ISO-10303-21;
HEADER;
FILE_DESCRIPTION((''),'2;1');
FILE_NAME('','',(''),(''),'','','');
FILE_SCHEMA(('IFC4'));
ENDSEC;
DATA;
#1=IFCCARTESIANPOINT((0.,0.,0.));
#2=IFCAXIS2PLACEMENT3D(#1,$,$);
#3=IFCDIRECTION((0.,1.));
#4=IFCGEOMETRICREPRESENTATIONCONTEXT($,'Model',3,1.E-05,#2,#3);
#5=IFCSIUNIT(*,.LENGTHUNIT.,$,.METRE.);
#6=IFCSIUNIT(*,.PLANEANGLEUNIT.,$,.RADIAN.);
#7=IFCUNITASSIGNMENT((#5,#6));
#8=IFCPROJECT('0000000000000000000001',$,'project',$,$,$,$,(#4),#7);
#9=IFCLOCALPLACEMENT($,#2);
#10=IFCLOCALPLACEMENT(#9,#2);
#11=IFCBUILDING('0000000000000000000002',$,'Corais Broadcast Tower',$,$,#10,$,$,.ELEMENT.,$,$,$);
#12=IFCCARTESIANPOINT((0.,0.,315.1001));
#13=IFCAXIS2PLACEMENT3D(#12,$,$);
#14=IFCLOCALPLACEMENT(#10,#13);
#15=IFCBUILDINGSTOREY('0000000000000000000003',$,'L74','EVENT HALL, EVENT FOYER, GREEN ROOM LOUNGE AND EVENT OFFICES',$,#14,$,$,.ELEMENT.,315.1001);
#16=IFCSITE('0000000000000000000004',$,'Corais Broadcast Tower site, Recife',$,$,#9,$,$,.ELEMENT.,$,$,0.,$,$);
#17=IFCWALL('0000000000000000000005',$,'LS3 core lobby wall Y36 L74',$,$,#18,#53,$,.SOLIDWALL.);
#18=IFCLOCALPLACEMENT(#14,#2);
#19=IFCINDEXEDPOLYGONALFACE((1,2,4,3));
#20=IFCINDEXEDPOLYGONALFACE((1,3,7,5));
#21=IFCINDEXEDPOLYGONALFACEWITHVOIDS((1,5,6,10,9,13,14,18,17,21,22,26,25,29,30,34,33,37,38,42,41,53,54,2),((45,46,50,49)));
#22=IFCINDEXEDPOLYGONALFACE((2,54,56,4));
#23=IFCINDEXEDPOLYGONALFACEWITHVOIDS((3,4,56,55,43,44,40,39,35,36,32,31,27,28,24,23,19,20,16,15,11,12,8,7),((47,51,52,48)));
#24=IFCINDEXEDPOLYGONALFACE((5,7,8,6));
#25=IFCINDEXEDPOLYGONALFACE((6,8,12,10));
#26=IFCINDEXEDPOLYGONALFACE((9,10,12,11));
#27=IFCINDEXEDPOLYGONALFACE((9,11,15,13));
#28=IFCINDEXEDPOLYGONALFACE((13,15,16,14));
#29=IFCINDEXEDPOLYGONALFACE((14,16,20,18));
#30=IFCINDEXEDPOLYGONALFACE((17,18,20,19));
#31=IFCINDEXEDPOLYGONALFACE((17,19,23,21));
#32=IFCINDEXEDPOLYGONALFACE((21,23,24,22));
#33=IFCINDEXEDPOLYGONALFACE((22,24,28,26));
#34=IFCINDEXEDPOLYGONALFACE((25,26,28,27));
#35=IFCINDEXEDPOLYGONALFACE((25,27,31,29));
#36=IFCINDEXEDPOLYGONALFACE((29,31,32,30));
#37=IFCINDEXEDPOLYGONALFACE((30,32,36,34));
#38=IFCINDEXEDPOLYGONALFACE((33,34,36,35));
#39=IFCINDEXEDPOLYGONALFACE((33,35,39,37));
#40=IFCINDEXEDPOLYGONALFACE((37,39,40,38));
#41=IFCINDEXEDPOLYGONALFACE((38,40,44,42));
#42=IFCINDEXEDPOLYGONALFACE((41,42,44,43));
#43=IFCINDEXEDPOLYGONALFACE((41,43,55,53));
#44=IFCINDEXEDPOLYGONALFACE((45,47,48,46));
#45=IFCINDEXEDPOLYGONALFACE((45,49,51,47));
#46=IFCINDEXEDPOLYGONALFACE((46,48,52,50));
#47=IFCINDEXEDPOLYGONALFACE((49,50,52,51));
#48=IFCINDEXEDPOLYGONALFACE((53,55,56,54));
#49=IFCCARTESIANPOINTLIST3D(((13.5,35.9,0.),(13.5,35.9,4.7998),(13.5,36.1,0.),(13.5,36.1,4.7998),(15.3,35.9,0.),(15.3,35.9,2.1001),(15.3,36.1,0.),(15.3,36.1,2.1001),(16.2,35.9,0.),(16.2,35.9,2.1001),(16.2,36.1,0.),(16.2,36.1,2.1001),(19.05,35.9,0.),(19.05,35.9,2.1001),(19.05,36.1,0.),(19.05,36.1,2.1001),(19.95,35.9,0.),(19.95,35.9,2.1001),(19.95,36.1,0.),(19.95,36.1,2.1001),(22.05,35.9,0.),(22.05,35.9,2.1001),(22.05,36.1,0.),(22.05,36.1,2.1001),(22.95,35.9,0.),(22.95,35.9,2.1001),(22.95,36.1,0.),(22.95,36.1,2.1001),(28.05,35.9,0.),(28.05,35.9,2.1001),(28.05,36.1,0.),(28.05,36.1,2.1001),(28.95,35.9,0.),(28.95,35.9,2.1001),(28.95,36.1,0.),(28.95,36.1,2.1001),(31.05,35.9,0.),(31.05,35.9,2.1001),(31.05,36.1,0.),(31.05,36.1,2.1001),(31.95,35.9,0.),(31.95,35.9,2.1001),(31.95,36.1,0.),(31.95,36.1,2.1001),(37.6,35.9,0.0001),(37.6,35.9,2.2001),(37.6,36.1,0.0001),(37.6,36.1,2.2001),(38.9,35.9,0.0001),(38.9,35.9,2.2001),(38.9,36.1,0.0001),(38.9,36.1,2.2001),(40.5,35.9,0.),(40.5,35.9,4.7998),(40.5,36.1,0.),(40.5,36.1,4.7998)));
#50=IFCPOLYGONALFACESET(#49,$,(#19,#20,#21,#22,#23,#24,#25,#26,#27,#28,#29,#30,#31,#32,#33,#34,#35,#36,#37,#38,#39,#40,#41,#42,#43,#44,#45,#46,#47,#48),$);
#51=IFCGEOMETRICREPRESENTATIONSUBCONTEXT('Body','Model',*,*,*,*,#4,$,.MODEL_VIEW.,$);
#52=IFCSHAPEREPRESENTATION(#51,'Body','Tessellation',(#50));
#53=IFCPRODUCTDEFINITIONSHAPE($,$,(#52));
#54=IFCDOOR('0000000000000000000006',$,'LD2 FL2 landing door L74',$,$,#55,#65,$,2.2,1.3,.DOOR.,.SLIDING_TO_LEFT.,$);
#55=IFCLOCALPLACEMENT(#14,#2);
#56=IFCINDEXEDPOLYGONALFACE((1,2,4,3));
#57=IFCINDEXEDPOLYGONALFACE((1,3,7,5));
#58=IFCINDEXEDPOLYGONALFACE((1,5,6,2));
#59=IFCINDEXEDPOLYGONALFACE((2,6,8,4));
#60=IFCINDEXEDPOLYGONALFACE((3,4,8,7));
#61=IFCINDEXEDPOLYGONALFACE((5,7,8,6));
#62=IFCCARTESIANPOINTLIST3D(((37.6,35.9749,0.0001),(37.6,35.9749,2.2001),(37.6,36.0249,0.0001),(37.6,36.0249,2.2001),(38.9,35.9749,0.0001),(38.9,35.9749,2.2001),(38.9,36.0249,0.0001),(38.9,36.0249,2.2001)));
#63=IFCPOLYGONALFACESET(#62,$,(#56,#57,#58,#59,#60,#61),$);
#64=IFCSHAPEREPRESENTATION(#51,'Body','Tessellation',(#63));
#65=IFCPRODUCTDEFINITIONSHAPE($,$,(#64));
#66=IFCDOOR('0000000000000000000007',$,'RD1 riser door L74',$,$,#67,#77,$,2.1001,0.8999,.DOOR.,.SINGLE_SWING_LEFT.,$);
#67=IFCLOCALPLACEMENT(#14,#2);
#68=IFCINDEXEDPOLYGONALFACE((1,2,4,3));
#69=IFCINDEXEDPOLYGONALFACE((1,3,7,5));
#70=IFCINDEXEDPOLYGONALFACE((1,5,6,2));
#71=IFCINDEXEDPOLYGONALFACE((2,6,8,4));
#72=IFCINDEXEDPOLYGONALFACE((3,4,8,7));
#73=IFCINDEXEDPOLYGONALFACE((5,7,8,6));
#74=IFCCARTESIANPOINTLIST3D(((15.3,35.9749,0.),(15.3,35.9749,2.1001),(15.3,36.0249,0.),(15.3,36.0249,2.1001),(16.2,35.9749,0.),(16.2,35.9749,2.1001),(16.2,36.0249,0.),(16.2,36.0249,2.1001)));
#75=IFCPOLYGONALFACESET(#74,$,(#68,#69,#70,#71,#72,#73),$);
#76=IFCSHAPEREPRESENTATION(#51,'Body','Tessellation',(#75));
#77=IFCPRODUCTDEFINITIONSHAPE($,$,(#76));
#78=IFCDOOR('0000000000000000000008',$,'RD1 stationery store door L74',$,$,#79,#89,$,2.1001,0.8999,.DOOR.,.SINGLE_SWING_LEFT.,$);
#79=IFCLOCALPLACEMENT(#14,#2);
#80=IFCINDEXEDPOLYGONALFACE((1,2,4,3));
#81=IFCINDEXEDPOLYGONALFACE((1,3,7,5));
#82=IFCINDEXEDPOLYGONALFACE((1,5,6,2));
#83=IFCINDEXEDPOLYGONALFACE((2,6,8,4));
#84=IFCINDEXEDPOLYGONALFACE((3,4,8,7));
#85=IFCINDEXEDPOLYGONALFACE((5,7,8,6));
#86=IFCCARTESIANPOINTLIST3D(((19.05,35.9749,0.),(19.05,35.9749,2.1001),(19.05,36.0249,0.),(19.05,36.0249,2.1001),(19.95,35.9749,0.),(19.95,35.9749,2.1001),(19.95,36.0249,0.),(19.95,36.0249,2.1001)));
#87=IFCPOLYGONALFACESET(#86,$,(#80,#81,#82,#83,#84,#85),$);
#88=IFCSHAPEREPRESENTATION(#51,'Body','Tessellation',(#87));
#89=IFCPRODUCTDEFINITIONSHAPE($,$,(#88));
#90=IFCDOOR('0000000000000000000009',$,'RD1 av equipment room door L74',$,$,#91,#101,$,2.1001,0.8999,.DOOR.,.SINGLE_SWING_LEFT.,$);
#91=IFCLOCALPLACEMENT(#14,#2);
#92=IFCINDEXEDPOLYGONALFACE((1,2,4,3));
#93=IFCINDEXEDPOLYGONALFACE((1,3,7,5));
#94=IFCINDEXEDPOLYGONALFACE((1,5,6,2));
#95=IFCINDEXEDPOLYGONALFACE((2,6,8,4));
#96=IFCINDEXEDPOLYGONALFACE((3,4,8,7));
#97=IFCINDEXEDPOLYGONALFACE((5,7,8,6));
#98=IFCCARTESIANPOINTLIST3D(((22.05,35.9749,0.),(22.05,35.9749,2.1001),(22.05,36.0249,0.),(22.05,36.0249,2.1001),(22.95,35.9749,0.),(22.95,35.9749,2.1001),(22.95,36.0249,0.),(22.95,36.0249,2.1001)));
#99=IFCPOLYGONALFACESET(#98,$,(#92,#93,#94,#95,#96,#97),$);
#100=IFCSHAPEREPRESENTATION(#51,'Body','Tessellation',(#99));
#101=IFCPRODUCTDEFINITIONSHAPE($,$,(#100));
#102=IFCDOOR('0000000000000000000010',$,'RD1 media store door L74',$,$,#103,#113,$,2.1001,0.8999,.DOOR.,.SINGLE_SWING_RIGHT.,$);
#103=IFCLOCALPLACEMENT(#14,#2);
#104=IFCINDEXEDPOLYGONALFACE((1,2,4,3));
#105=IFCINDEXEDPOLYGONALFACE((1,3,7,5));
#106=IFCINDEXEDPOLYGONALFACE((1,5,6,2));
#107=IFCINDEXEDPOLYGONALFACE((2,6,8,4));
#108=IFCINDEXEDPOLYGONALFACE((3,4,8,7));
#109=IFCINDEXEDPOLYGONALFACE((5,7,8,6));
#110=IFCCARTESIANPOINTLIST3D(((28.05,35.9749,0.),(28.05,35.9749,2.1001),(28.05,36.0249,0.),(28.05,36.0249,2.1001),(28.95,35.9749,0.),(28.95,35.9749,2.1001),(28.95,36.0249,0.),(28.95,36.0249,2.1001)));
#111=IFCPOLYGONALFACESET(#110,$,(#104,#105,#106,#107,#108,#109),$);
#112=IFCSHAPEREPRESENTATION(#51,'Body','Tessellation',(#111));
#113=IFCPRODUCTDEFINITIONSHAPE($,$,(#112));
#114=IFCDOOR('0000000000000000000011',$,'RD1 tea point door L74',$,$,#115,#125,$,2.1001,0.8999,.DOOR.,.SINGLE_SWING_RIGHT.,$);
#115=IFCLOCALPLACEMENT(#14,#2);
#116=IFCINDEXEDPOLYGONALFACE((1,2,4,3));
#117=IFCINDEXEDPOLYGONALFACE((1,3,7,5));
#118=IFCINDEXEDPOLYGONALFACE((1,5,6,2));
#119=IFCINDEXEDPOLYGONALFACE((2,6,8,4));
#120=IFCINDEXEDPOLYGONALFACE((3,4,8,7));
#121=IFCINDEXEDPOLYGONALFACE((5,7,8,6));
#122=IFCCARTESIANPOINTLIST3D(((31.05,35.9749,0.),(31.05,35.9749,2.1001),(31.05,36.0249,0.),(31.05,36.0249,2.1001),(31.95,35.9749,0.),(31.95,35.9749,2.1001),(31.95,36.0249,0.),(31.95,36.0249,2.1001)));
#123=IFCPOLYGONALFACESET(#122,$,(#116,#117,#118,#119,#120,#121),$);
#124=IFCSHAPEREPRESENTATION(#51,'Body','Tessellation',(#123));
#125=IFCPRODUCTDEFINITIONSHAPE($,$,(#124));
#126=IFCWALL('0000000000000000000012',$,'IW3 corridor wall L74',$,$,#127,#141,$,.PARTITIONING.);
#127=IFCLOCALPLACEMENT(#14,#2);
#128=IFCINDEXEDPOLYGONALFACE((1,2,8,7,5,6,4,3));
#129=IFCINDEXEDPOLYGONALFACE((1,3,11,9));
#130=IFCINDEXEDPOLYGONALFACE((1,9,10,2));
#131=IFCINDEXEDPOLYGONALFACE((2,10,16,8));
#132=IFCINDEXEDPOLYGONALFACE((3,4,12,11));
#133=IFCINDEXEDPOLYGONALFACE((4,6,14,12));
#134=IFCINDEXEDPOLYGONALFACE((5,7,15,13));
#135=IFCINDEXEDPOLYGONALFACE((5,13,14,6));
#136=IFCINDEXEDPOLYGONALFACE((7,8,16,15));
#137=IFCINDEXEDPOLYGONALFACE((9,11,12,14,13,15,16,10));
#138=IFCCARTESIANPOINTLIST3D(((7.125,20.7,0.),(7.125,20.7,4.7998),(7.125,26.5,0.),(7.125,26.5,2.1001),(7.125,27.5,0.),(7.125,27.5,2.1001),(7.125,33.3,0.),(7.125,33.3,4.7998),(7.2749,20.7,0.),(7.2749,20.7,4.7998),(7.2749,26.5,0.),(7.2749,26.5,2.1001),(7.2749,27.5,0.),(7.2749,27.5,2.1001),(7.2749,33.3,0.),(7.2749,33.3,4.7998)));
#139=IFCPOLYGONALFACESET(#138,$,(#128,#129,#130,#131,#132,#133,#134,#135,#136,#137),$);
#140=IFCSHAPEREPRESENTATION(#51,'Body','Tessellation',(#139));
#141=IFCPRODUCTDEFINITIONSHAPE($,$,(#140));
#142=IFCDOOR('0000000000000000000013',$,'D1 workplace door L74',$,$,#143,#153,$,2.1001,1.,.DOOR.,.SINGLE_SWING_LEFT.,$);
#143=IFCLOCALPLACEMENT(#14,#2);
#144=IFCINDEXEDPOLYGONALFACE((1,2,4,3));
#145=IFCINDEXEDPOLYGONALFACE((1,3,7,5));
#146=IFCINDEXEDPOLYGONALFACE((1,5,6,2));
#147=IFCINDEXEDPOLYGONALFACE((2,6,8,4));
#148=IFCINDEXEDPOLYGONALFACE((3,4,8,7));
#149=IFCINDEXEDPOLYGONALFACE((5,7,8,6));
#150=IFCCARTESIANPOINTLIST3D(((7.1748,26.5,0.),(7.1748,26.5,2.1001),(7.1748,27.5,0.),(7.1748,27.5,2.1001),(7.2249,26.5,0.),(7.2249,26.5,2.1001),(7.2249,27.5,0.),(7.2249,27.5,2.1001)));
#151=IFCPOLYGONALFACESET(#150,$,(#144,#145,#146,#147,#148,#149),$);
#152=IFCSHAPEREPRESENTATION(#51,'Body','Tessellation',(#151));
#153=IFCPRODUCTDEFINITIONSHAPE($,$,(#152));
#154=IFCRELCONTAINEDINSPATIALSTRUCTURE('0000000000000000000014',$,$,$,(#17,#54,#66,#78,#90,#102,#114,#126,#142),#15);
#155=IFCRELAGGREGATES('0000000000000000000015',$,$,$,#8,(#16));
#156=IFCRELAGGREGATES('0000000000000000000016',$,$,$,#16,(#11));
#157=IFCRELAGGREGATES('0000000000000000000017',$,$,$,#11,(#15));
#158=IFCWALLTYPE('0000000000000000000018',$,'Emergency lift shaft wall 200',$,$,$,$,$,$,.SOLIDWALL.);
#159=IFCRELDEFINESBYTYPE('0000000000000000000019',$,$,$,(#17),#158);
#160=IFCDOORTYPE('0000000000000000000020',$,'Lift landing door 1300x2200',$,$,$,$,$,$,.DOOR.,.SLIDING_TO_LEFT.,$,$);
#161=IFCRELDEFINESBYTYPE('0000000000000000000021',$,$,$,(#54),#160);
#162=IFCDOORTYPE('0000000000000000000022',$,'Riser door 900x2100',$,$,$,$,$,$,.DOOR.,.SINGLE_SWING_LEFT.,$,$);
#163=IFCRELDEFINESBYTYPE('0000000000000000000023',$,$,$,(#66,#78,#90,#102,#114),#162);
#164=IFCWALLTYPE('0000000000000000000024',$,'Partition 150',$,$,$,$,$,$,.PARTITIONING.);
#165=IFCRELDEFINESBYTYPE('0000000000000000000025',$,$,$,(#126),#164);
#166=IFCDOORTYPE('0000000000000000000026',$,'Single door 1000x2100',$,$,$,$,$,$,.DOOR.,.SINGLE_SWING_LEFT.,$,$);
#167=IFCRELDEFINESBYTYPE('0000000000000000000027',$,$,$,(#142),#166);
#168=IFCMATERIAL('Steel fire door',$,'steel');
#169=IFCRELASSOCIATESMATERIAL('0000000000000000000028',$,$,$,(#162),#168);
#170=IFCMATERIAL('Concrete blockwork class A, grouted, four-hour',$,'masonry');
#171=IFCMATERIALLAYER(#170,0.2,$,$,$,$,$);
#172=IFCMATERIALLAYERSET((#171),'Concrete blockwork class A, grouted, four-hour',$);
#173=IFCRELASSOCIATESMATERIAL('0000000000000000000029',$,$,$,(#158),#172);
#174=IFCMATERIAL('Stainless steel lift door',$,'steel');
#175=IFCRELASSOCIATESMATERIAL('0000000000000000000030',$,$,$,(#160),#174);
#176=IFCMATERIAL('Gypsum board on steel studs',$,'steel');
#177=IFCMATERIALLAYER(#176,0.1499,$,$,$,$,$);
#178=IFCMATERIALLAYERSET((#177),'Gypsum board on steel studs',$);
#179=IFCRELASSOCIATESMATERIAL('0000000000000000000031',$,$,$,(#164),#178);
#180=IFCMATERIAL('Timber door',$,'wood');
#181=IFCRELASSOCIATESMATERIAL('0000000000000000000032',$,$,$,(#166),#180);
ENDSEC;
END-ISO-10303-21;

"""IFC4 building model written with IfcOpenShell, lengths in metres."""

from ifc_helpers import new_model, si_unit, direction, frame, frame_2d, origin, place, context, subcontext, project, spatial, rectangle, extrude, material, layer, layer_set, type_object, element, fill, save


model = new_model("IFC4")

# Units and contexts
model_context = context("Model", 3, precision=1e-05, world=origin(), true_north=direction((0.0, 1.0)))
body_context = subcontext(model_context, "Body", "Model", "MODEL_VIEW")
ifc_project = project(units=[si_unit("LENGTHUNIT", "METRE"), si_unit("PLANEANGLEUNIT", "RADIAN")], contexts=[model_context])

# Site, building, storey
site_placement = place(None, origin())
site = spatial("IfcSite", under=ifc_project, at=site_placement, Name="Corais Broadcast Tower site, Recife", CompositionType="ELEMENT", RefElevation=0.0)
building_placement = place(site_placement, origin())
building = spatial("IfcBuilding", under=site, at=building_placement, Name="Corais Broadcast Tower", CompositionType="ELEMENT")
storey_placement = place(building_placement, frame((0.0, 0.0, 315.1001)))
storey = spatial("IfcBuildingStorey", under=building, at=storey_placement, Name="L74", Description="EVENT HALL, EVENT FOYER, GREEN ROOM LOUNGE AND EVENT OFFICES", CompositionType="ELEMENT", Elevation=315.1001)

# Wall, openings, doors
ifc_material_1 = material(Name="Steel fire door", Category="steel")
door_type_1 = type_object("IfcDoorType", Name="Riser door 900x2100", OperationType="SINGLE_SWING_LEFT", PredefinedType="DOOR", material=ifc_material_1)
ifc_material_2 = material(Name="Concrete blockwork class A, grouted, four-hour", Category="masonry")
ifc_layer_1 = layer(ifc_material_2, 0.2)
ifc_layer_set_1 = layer_set([ifc_layer_1], Name="Concrete blockwork class A, grouted, four-hour")
wall_type_1 = type_object("IfcWallType", Name="Emergency lift shaft wall 200", PredefinedType="SOLIDWALL", material=ifc_layer_set_1)
wall_1_placement = place(storey_placement, frame((13.5, 36.0, 0.0), z_axis=(0.0, 0.0, 1.0), x_axis=(1.0, 0.0, 0.0)))
wall_1 = element("IfcWall", 1, at=wall_1_placement, inside=storey, type_object=wall_type_1, Name="LS3 core lobby wall Y36 L74", PredefinedType="SOLIDWALL", context=body_context, shape_type="SweptSolid", body=[
    extrude(rectangle(XDim=27.0, YDim=0.2, at=frame_2d((13.5, 0.0))), origin(), (0.0, 0.0, 1.0), 4.7998),
])
opening_1_placement = place(wall_1_placement, frame((1.8, 0.0, 0.0)))
opening_1 = element("IfcOpeningElement", 2, at=opening_1_placement, cuts=wall_1, PredefinedType="OPENING", context=body_context, shape_type="SweptSolid", body=[
    extrude(rectangle(XDim=0.8999, YDim=2.1001, at=frame_2d((0.45, 1.05))), frame((0.0, 0.1099, 0.0), z_axis=(0.0, -1.0, 0.0), x_axis=(1.0, 0.0, 0.0)), (0.0, 0.0, 1.0), 0.22),
])
opening_2_placement = place(wall_1_placement, frame((5.55, 0.0, 0.0)))
opening_2 = element("IfcOpeningElement", 3, at=opening_2_placement, cuts=wall_1, PredefinedType="OPENING", context=body_context, shape_type="SweptSolid", body=[
    extrude(rectangle(XDim=0.8999, YDim=2.1001, at=frame_2d((0.45, 1.05))), frame((0.0, 0.1099, 0.0), z_axis=(0.0, -1.0, 0.0), x_axis=(1.0, 0.0, 0.0)), (0.0, 0.0, 1.0), 0.22),
])
opening_3_placement = place(wall_1_placement, frame((8.55, 0.0, 0.0)))
opening_3 = element("IfcOpeningElement", 4, at=opening_3_placement, cuts=wall_1, PredefinedType="OPENING", context=body_context, shape_type="SweptSolid", body=[
    extrude(rectangle(XDim=0.8999, YDim=2.1001, at=frame_2d((0.45, 1.05))), frame((0.0, 0.1099, 0.0), z_axis=(0.0, -1.0, 0.0), x_axis=(1.0, 0.0, 0.0)), (0.0, 0.0, 1.0), 0.22),
])
opening_4_placement = place(wall_1_placement, frame((14.55, 0.0, 0.0)))
opening_4 = element("IfcOpeningElement", 5, at=opening_4_placement, cuts=wall_1, PredefinedType="OPENING", context=body_context, shape_type="SweptSolid", body=[
    extrude(rectangle(XDim=0.8999, YDim=2.1001, at=frame_2d((0.45, 1.05))), frame((0.0, 0.1099, 0.0), z_axis=(0.0, -1.0, 0.0), x_axis=(1.0, 0.0, 0.0)), (0.0, 0.0, 1.0), 0.22),
])
opening_5_placement = place(wall_1_placement, frame((17.55, 0.0, 0.0)))
opening_5 = element("IfcOpeningElement", 6, at=opening_5_placement, cuts=wall_1, PredefinedType="OPENING", context=body_context, shape_type="SweptSolid", body=[
    extrude(rectangle(XDim=0.8999, YDim=2.1001, at=frame_2d((0.45, 1.05))), frame((0.0, 0.1099, 0.0), z_axis=(0.0, -1.0, 0.0), x_axis=(1.0, 0.0, 0.0)), (0.0, 0.0, 1.0), 0.22),
])
opening_6_placement = place(wall_1_placement, frame((24.1001, 0.0, 0.0)))
opening_6 = element("IfcOpeningElement", 7, at=opening_6_placement, cuts=wall_1, PredefinedType="OPENING", context=body_context, shape_type="SweptSolid", body=[
    extrude(rectangle(XDim=1.3, YDim=2.2, at=frame_2d((0.6499, 1.1001))), frame((0.0, 0.1099, 0.0), z_axis=(0.0, -1.0, 0.0), x_axis=(1.0, 0.0, 0.0)), (0.0, 0.0, 1.0), 0.22),
])
ifc_material_3 = material(Name="Stainless steel lift door", Category="steel")
door_type_2 = type_object("IfcDoorType", Name="Lift landing door 1300x2200", OperationType="SLIDING_TO_LEFT", PredefinedType="DOOR", material=ifc_material_3)
door_1_placement = place(opening_6_placement, origin())
door_1 = element("IfcDoor", 8, at=door_1_placement, inside=storey, type_object=door_type_2, Name="LD2 FL2 landing door L74", OperationType="SLIDING_TO_LEFT", OverallHeight=2.2, OverallWidth=1.3, PredefinedType="DOOR", context=body_context, shape_type="SweptSolid", body=[
    extrude(rectangle(XDim=1.3, YDim=2.2, at=frame_2d((0.6499, 1.1001))), frame((0.0, 0.0249, 0.0), z_axis=(0.0, -1.0, 0.0), x_axis=(1.0, 0.0, 0.0)), (0.0, 0.0, 1.0), 0.05),
])
fill(opening_6, door_1)
door_2_placement = place(opening_1_placement, origin())
door_2 = element("IfcDoor", 9, at=door_2_placement, inside=storey, type_object=door_type_1, Name="RD1 riser door L74", OperationType="SINGLE_SWING_LEFT", OverallHeight=2.1001, OverallWidth=0.8999, PredefinedType="DOOR", context=body_context, shape_type="SweptSolid", body=[
    extrude(rectangle(XDim=0.8999, YDim=2.1001, at=frame_2d((0.45, 1.05))), frame((0.0, 0.0249, 0.0), z_axis=(0.0, -1.0, 0.0), x_axis=(1.0, 0.0, 0.0)), (0.0, 0.0, 1.0), 0.05),
])
fill(opening_1, door_2)
door_3_placement = place(opening_2_placement, origin())
door_3 = element("IfcDoor", 10, at=door_3_placement, inside=storey, type_object=door_type_1, Name="RD1 stationery store door L74", OperationType="SINGLE_SWING_LEFT", OverallHeight=2.1001, OverallWidth=0.8999, PredefinedType="DOOR", context=body_context, shape_type="SweptSolid", body=[
    extrude(rectangle(XDim=0.8999, YDim=2.1001, at=frame_2d((0.45, 1.05))), frame((0.0, 0.0249, 0.0), z_axis=(0.0, -1.0, 0.0), x_axis=(1.0, 0.0, 0.0)), (0.0, 0.0, 1.0), 0.05),
])
fill(opening_2, door_3)
door_4_placement = place(opening_3_placement, origin())
door_4 = element("IfcDoor", 11, at=door_4_placement, inside=storey, type_object=door_type_1, Name="RD1 av equipment room door L74", OperationType="SINGLE_SWING_LEFT", OverallHeight=2.1001, OverallWidth=0.8999, PredefinedType="DOOR", context=body_context, shape_type="SweptSolid", body=[
    extrude(rectangle(XDim=0.8999, YDim=2.1001, at=frame_2d((0.45, 1.05))), frame((0.0, 0.0249, 0.0), z_axis=(0.0, -1.0, 0.0), x_axis=(1.0, 0.0, 0.0)), (0.0, 0.0, 1.0), 0.05),
])
fill(opening_3, door_4)
door_5_placement = place(opening_4_placement, origin())
door_5 = element("IfcDoor", 12, at=door_5_placement, inside=storey, type_object=door_type_1, Name="RD1 media store door L74", OperationType="SINGLE_SWING_RIGHT", OverallHeight=2.1001, OverallWidth=0.8999, PredefinedType="DOOR", context=body_context, shape_type="SweptSolid", body=[
    extrude(rectangle(XDim=0.8999, YDim=2.1001, at=frame_2d((0.45, 1.05))), frame((0.0, 0.0249, 0.0), z_axis=(0.0, -1.0, 0.0), x_axis=(1.0, 0.0, 0.0)), (0.0, 0.0, 1.0), 0.05),
])
fill(opening_4, door_5)
door_6_placement = place(opening_5_placement, origin())
door_6 = element("IfcDoor", 13, at=door_6_placement, inside=storey, type_object=door_type_1, Name="RD1 tea point door L74", OperationType="SINGLE_SWING_RIGHT", OverallHeight=2.1001, OverallWidth=0.8999, PredefinedType="DOOR", context=body_context, shape_type="SweptSolid", body=[
    extrude(rectangle(XDim=0.8999, YDim=2.1001, at=frame_2d((0.45, 1.05))), frame((0.0, 0.0249, 0.0), z_axis=(0.0, -1.0, 0.0), x_axis=(1.0, 0.0, 0.0)), (0.0, 0.0, 1.0), 0.05),
])
fill(opening_5, door_6)

# Wall, opening, door
ifc_material_4 = material(Name="Gypsum board on steel studs", Category="steel")
ifc_layer_2 = layer(ifc_material_4, 0.1499)
ifc_layer_set_2 = layer_set([ifc_layer_2], Name="Gypsum board on steel studs")
wall_type_2 = type_object("IfcWallType", Name="Partition 150", PredefinedType="PARTITIONING", material=ifc_layer_set_2)
wall_2_placement = place(storey_placement, frame((7.2, 33.3, 0.0), z_axis=(0.0, 0.0, 1.0), x_axis=(0.0, -1.0, 0.0)))
wall_2 = element("IfcWall", 14, at=wall_2_placement, inside=storey, type_object=wall_type_2, Name="IW3 corridor wall L74", PredefinedType="PARTITIONING", context=body_context, shape_type="SweptSolid", body=[
    extrude(rectangle(XDim=12.6001, YDim=0.1499, at=frame_2d((6.3, 0.0))), origin(), (0.0, 0.0, 1.0), 4.7998),
])
opening_7_placement = place(wall_2_placement, frame((5.8, 0.0, 0.0)))
opening_7 = element("IfcOpeningElement", 15, at=opening_7_placement, cuts=wall_2, PredefinedType="OPENING", context=body_context, shape_type="SweptSolid", body=[
    extrude(rectangle(XDim=1.0, YDim=2.1001, at=frame_2d((0.5, 1.05))), frame((0.0, 0.085, 0.0), z_axis=(0.0, -1.0, 0.0), x_axis=(1.0, 0.0, 0.0)), (0.0, 0.0, 1.0), 0.1699),
])
ifc_material_5 = material(Name="Timber door", Category="wood")
door_type_3 = type_object("IfcDoorType", Name="Single door 1000x2100", OperationType="SINGLE_SWING_LEFT", PredefinedType="DOOR", material=ifc_material_5)
door_7_placement = place(opening_7_placement, origin())
door_7 = element("IfcDoor", 16, at=door_7_placement, inside=storey, type_object=door_type_3, Name="D1 workplace door L74", OperationType="SINGLE_SWING_LEFT", OverallHeight=2.1001, OverallWidth=1.0, PredefinedType="DOOR", context=body_context, shape_type="SweptSolid", body=[
    extrude(rectangle(XDim=1.0, YDim=2.1001, at=frame_2d((0.5, 1.05))), frame((0.0, 0.0249, 0.0), z_axis=(0.0, -1.0, 0.0), x_axis=(1.0, 0.0, 0.0)), (0.0, 0.0, 1.0), 0.05),
])
fill(opening_7, door_7)

save(model, "model.ifc")
